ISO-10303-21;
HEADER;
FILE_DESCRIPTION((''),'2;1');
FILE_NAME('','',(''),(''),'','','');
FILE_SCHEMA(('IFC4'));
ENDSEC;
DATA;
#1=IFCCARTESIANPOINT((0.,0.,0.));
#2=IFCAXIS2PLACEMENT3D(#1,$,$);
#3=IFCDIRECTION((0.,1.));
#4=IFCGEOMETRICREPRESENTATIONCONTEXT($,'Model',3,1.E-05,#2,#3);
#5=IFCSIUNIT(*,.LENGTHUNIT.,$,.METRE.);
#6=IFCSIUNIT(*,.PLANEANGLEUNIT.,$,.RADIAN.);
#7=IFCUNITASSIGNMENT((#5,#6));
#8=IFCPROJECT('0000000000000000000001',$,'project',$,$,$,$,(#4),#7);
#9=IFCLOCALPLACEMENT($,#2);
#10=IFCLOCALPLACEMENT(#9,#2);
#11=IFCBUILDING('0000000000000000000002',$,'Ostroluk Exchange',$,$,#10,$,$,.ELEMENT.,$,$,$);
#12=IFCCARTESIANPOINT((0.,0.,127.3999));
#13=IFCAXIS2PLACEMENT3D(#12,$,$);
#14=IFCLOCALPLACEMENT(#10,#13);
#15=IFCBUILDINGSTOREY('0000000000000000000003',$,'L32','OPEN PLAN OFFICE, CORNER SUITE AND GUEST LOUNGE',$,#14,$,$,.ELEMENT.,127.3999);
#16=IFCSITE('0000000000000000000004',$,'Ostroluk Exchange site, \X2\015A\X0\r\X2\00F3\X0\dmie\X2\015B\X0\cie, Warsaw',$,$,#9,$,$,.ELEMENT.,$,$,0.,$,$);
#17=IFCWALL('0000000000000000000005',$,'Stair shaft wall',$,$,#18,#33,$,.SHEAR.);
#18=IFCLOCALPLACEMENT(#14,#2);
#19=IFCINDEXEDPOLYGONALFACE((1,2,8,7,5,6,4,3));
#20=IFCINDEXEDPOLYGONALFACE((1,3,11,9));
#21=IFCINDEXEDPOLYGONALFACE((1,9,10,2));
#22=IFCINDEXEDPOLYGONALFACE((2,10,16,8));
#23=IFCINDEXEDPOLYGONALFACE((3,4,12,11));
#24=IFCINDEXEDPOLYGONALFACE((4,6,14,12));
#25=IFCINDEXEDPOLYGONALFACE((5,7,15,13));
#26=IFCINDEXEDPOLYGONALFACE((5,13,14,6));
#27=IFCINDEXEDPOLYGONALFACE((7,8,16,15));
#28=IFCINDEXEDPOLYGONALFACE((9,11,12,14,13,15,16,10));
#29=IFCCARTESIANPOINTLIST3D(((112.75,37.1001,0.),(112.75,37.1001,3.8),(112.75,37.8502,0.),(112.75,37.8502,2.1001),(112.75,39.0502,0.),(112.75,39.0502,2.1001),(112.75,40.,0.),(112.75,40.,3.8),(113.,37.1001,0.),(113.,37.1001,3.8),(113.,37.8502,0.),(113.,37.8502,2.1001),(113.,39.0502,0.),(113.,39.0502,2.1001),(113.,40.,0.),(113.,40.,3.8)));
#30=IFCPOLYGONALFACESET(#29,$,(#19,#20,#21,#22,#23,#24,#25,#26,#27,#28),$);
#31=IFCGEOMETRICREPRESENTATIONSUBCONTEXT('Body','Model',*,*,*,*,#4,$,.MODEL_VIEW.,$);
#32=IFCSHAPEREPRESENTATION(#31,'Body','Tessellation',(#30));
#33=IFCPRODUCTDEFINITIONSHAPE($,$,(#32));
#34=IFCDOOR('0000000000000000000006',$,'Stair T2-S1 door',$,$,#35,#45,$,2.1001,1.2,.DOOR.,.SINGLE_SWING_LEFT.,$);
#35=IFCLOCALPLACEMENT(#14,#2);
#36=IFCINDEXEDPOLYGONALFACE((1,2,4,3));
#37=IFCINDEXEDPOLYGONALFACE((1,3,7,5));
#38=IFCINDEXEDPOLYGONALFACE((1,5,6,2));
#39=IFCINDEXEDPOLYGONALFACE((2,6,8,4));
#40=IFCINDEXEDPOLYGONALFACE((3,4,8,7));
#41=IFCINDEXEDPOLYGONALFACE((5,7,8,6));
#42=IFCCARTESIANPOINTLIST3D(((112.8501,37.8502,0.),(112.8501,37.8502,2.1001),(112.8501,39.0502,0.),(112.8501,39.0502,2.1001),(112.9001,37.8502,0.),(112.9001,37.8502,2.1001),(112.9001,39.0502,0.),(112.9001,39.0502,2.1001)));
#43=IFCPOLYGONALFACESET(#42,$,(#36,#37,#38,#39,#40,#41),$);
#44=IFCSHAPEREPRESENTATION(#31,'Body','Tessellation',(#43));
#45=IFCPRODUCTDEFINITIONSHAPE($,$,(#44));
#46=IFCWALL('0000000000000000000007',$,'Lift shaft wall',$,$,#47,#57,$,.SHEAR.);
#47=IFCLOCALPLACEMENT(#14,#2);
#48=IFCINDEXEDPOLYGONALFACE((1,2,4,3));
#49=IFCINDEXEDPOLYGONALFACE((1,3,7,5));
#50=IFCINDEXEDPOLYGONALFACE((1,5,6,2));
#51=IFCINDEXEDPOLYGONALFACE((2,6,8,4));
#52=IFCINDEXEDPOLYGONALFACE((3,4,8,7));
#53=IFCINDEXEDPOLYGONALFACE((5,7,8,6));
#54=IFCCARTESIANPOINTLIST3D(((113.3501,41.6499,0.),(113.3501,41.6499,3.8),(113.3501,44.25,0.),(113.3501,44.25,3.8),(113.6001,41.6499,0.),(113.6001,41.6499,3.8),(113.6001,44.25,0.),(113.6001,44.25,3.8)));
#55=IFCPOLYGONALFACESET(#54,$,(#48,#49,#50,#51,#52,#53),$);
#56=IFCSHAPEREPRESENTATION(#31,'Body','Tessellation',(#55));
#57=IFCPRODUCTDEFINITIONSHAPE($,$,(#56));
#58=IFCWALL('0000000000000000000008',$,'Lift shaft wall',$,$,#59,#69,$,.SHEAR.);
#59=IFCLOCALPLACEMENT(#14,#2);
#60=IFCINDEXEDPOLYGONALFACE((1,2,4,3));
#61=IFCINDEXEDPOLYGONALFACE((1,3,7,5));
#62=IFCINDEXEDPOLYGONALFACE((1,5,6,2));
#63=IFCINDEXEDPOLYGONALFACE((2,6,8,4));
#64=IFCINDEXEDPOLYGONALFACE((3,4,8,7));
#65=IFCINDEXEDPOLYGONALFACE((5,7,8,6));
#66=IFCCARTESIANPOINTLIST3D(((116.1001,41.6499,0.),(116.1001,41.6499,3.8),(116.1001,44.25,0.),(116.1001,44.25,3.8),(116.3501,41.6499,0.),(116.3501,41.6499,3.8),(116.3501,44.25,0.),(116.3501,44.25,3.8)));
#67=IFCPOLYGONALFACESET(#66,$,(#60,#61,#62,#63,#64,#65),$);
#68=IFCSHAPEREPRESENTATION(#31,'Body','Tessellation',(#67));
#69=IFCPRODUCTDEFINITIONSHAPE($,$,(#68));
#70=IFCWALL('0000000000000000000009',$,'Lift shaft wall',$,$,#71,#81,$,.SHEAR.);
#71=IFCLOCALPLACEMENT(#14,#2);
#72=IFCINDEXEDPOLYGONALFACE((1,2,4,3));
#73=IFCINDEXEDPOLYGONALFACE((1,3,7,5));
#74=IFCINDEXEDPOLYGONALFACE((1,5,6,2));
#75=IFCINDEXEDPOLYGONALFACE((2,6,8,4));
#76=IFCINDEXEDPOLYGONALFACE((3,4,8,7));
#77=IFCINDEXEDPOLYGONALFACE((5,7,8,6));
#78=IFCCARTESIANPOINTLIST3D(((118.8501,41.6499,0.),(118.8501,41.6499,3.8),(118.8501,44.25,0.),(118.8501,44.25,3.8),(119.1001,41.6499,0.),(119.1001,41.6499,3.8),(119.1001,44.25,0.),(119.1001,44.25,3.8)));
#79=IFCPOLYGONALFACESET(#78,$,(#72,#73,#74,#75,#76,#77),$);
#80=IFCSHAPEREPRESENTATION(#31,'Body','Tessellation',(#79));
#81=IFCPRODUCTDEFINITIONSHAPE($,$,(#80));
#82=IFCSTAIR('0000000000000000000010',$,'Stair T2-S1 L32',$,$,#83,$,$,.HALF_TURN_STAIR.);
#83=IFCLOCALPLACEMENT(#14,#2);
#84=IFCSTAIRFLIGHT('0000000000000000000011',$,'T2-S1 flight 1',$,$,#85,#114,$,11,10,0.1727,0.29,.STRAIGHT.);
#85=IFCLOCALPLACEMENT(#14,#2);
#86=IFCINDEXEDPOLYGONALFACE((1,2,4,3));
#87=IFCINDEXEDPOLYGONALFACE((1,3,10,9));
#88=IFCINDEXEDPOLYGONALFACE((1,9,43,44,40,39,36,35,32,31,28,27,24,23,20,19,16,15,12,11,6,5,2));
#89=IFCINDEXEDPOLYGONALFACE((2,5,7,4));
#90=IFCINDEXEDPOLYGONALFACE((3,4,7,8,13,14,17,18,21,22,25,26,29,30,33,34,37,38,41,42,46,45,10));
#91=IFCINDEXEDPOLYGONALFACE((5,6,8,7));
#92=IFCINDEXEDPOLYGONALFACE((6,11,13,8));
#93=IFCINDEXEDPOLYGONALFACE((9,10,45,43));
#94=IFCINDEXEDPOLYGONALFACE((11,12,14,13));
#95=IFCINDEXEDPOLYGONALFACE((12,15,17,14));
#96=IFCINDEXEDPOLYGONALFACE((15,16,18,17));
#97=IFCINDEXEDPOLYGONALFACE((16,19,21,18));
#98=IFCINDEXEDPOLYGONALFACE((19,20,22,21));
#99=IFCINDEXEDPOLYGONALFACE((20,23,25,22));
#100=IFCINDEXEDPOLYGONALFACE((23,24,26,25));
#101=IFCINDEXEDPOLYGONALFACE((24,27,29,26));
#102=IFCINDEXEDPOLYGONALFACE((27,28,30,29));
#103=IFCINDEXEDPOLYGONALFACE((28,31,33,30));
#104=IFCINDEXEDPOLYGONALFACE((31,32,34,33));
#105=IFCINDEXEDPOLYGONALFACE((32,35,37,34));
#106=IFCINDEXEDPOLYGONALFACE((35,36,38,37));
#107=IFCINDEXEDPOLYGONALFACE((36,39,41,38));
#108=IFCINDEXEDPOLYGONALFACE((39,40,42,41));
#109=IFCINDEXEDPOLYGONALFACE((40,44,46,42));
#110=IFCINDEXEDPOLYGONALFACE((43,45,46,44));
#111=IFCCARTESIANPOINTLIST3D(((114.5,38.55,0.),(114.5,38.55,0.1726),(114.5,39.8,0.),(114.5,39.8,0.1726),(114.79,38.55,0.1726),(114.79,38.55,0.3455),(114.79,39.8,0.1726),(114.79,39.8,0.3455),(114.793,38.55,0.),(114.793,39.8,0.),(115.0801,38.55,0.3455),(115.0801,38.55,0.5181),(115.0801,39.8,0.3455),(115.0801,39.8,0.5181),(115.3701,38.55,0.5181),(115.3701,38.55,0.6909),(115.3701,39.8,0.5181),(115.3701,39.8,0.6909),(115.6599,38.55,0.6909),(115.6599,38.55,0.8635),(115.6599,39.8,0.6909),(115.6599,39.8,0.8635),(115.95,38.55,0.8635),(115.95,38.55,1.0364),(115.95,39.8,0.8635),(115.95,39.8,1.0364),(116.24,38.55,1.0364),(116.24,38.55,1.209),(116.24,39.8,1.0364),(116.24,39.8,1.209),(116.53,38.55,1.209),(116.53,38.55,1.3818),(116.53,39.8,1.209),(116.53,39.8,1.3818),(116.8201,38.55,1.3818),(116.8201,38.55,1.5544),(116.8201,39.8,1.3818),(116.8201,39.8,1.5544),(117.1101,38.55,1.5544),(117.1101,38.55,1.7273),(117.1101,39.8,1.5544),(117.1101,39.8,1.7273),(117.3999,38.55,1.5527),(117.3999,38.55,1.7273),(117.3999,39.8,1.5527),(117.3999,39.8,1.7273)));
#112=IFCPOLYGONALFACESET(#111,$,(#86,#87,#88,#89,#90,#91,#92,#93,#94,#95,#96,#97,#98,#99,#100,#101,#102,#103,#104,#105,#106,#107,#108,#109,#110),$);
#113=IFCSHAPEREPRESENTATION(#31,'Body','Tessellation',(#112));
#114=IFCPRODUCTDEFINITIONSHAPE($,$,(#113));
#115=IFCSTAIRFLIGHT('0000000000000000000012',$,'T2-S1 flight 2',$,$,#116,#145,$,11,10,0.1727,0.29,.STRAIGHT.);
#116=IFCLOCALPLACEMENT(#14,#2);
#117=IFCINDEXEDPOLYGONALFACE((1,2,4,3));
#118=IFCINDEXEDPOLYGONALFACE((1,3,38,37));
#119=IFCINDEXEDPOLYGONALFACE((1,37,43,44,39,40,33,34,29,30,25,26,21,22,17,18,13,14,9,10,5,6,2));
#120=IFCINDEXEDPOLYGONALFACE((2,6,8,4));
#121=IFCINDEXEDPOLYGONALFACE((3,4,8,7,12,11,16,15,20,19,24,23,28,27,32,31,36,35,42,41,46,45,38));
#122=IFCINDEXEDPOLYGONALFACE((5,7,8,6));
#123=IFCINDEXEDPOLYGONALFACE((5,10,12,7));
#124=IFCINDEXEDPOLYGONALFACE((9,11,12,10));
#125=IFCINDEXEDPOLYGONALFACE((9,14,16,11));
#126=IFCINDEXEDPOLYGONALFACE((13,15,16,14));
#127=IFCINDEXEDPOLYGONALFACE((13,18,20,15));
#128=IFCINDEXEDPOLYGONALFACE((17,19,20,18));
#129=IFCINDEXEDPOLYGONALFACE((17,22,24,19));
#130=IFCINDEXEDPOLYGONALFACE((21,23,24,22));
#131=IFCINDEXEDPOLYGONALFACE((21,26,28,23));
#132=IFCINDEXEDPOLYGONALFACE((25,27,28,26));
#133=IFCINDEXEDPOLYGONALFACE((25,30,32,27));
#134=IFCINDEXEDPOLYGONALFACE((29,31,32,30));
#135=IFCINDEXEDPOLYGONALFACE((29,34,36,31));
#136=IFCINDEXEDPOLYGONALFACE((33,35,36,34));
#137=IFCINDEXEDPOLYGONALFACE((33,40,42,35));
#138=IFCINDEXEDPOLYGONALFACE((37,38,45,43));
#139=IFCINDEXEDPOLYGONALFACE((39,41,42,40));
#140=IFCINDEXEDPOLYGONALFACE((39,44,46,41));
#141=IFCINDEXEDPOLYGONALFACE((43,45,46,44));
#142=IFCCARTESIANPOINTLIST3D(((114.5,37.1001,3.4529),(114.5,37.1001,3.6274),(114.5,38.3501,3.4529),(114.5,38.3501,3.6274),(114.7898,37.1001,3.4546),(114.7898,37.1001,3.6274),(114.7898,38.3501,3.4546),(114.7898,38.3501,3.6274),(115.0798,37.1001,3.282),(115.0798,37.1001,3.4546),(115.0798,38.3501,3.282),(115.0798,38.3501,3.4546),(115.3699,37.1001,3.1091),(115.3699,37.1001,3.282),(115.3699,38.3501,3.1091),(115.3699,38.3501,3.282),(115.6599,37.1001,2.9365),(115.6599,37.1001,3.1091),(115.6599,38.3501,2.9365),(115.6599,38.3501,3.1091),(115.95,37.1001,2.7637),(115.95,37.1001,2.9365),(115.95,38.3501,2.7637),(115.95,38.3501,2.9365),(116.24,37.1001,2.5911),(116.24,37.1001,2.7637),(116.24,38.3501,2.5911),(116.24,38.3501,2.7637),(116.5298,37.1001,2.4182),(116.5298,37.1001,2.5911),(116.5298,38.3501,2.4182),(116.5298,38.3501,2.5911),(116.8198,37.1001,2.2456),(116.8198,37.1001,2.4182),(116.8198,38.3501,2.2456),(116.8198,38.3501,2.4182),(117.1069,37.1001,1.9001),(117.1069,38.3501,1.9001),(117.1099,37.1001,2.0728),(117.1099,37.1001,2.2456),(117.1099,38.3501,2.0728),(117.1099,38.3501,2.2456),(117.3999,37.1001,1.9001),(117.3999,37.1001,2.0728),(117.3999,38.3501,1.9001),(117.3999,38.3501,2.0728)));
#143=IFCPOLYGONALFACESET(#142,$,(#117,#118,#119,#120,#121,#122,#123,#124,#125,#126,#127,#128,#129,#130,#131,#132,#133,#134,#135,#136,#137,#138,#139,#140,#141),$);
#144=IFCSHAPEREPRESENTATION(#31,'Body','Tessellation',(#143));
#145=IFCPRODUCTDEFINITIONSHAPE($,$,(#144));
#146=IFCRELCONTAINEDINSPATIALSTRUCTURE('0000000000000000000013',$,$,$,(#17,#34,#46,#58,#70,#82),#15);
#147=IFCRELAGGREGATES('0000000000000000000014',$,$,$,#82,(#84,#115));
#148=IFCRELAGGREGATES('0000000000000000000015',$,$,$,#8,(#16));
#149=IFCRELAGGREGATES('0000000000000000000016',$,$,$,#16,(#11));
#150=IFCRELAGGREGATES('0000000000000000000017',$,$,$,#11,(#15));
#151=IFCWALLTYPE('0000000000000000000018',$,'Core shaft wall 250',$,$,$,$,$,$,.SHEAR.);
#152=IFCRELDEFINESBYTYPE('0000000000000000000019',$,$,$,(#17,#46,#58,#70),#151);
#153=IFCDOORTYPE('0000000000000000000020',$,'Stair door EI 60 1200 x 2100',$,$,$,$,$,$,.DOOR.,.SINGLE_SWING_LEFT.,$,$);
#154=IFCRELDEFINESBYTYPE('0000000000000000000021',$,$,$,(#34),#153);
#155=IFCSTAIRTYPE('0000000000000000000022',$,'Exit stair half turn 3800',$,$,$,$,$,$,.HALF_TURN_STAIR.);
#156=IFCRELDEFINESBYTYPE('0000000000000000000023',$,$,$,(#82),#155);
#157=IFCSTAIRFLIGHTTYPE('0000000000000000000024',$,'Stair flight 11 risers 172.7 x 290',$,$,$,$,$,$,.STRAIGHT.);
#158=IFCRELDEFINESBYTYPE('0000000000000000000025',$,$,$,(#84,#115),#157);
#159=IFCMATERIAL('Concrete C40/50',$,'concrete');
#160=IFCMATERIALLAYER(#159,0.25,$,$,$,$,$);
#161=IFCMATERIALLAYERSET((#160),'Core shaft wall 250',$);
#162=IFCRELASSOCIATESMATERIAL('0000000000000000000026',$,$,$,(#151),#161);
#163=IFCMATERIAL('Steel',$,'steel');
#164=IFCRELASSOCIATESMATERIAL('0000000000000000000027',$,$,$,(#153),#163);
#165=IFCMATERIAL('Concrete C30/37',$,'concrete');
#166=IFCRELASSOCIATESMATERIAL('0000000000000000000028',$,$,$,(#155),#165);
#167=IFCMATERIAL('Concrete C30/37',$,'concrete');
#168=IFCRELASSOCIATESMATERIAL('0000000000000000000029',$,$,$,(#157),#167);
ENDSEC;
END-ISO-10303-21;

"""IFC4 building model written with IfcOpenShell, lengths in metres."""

from ifc_helpers import new_model, si_unit, direction, frame, frame_2d, origin, place, context, subcontext, project, spatial, polyline, rectangle, outline, extrude, material, layer, layer_set, type_object, element, fill, aggregate, save


model = new_model("IFC4")

# Units and contexts
model_context = context("Model", 3, precision=1e-05, world=origin(), true_north=direction((0.0, 1.0)))
body_context = subcontext(model_context, "Body", "Model", "MODEL_VIEW")
ifc_project = project(units=[si_unit("LENGTHUNIT", "METRE"), si_unit("PLANEANGLEUNIT", "RADIAN")], contexts=[model_context])

# Site, building, storey
site_placement = place(None, origin())
site = spatial("IfcSite", under=ifc_project, at=site_placement, Name="Ostroluk Exchange site, Śródmieście, Warsaw", CompositionType="ELEMENT", RefElevation=0.0)
building_placement = place(site_placement, origin())
building = spatial("IfcBuilding", under=site, at=building_placement, Name="Ostroluk Exchange", CompositionType="ELEMENT")
storey_placement = place(building_placement, frame((0.0, 0.0, 127.3999)))
storey = spatial("IfcBuildingStorey", under=building, at=storey_placement, Name="L32", Description="OPEN PLAN OFFICE, CORNER SUITE AND GUEST LOUNGE", CompositionType="ELEMENT", Elevation=127.3999)

# Wall, opening, door
ifc_material_1 = material(Name="Concrete C40/50", Category="concrete")
ifc_layer_1 = layer(ifc_material_1, 0.25)
ifc_layer_set_1 = layer_set([ifc_layer_1], Name="Core shaft wall 250")
wall_type = type_object("IfcWallType", Name="Core shaft wall 250", PredefinedType="SHEAR", material=ifc_layer_set_1)
wall_placement = place(storey_placement, frame((112.875, 37.1001, 0.0), z_axis=(0.0, 0.0, 1.0), x_axis=(0.0, 1.0, 0.0)))
wall = element("IfcWall", 1, at=wall_placement, inside=storey, type_object=wall_type, Name="Stair shaft wall", PredefinedType="SHEAR", context=body_context, shape_type="SweptSolid", body=[
    extrude(rectangle(XDim=2.8999, YDim=0.25, at=frame_2d((1.45, 0.0))), origin(), (0.0, 0.0, 1.0), 3.8),
])
opening_placement = place(wall_placement, frame((0.75, 0.0, 0.0)))
opening = element("IfcOpeningElement", 2, at=opening_placement, cuts=wall, PredefinedType="OPENING", context=body_context, shape_type="SweptSolid", body=[
    extrude(rectangle(XDim=1.2, YDim=2.1001, at=frame_2d((0.6001, 1.05))), frame((0.0, 0.135, 0.0), z_axis=(0.0, -1.0, 0.0), x_axis=(1.0, 0.0, 0.0)), (0.0, 0.0, 1.0), 0.27),
])
ifc_material_2 = material(Name="Steel", Category="steel")
door_type = type_object("IfcDoorType", Name="Stair door EI 60 1200 x 2100", OperationType="SINGLE_SWING_LEFT", PredefinedType="DOOR", material=ifc_material_2)
door_placement = place(opening_placement, origin())
door = element("IfcDoor", 3, at=door_placement, inside=storey, type_object=door_type, Name="Stair T2-S1 door", OperationType="SINGLE_SWING_LEFT", OverallHeight=2.1001, OverallWidth=1.2, PredefinedType="DOOR", context=body_context, shape_type="SweptSolid", body=[
    extrude(rectangle(XDim=1.2, YDim=2.1001, at=frame_2d((0.6001, 1.05))), frame((0.0, 0.0249, 0.0), z_axis=(0.0, -1.0, 0.0), x_axis=(1.0, 0.0, 0.0)), (0.0, 0.0, 1.0), 0.05),
])
fill(opening, door)

# Walls
for number, where, z_axis, x_axis, name in (
    (4, (113.4751, 44.25, 0.0), (0.0, 0.0, 1.0), (0.0, -1.0, 0.0), "Lift shaft wall"),
    (5, (116.2251, 44.25, 0.0), (0.0, 0.0, 1.0), (0.0, -1.0, 0.0), "Lift shaft wall"),
    (6, (118.9751, 44.25, 0.0), (0.0, 0.0, 1.0), (0.0, -1.0, 0.0), "Lift shaft wall"),
):
    element("IfcWall", number, at=place(storey_placement, frame(where, z_axis=z_axis, x_axis=x_axis)), inside=storey, type_object=wall_type, Name=name, PredefinedType="SHEAR", context=body_context, shape_type="SweptSolid", body=[
        extrude(rectangle(XDim=2.6001, YDim=0.25, at=frame_2d((1.3, 0.0))), origin(), (0.0, 0.0, 1.0), 3.8),
    ])

# Stair, stair flights
ifc_material_3 = material(Name="Concrete C30/37", Category="concrete")
stair_type = type_object("IfcStairType", Name="Exit stair half turn 3800", PredefinedType="HALF_TURN_STAIR", material=ifc_material_3)
stair_placement = place(storey_placement, origin())
stair = element("IfcStair", 7, at=stair_placement, inside=storey, type_object=stair_type, Name="Stair T2-S1 L32", PredefinedType="HALF_TURN_STAIR")
ifc_material_4 = material(Name="Concrete C30/37", Category="concrete")
stair_flight_type = type_object("IfcStairFlightType", Name="Stair flight 11 risers 172.7 x 290", PredefinedType="STRAIGHT", material=ifc_material_4)
stair_flight_1_placement = place(storey_placement, frame((114.5, 39.175, 0.0), z_axis=(0.0, 0.0, 1.0), x_axis=(1.0, 0.0, 0.0)))
stair_flight_1 = element("IfcStairFlight", 8, at=stair_flight_1_placement, type_object=stair_flight_type, Name="T2-S1 flight 1", NumberOfRisers=11, NumberOfTreads=10, PredefinedType="STRAIGHT", RiserHeight=0.1727, TreadLength=0.29, context=body_context, shape_type="SweptSolid", body=[
    extrude(outline(polyline([(0.0, 0.0), (0.0, 0.1726), (0.29, 0.1726), (0.29, 0.3455), (0.5801, 0.3455), (0.5801, 0.5181), (0.8701, 0.5181), (0.8701, 0.6909), (1.1599, 0.6909), (1.1599, 0.8635), (1.45, 0.8635), (1.45, 1.0364), (1.74, 1.0364), (1.74, 1.209), (2.03, 1.209), (2.03, 1.3818), (2.3201, 1.3818), (2.3201, 1.5544), (2.6101, 1.5544), (2.6101, 1.7273), (2.8999, 1.7273), (2.8999, 1.8999), (2.8999, 1.5527), (0.293, 0.0), (0.0, 0.0)])), frame((0.0, 0.625, 0.0), z_axis=(0.0, -1.0, 0.0), x_axis=(1.0, 0.0, 0.0)), (0.0, 0.0, 1.0), 1.25),
])
stair_flight_2_placement = place(storey_placement, frame((117.3999, 37.7251, 1.9001), z_axis=(0.0, 0.0, 1.0), x_axis=(-1.0, 0.0, 0.0)))
stair_flight_2 = element("IfcStairFlight", 9, at=stair_flight_2_placement, type_object=stair_flight_type, Name="T2-S1 flight 2", NumberOfRisers=11, NumberOfTreads=10, PredefinedType="STRAIGHT", RiserHeight=0.1727, TreadLength=0.29, context=body_context, shape_type="SweptSolid", body=[
    extrude(outline(polyline([(0.0, 0.0), (0.0, 0.1726), (0.29, 0.1726), (0.29, 0.3455), (0.5801, 0.3455), (0.5801, 0.5181), (0.8701, 0.5181), (0.8701, 0.6909), (1.1599, 0.6909), (1.1599, 0.8635), (1.45, 0.8635), (1.45, 1.0364), (1.74, 1.0364), (1.74, 1.209), (2.03, 1.209), (2.03, 1.3818), (2.3201, 1.3818), (2.3201, 1.5544), (2.6101, 1.5544), (2.6101, 1.7273), (2.8999, 1.7273), (2.8999, 1.8999), (2.8999, 1.5527), (0.293, 0.0), (0.0, 0.0)])), frame((0.0, 0.625, 0.0), z_axis=(0.0, -1.0, 0.0), x_axis=(1.0, 0.0, 0.0)), (0.0, 0.0, 1.0), 1.25),
])
aggregate(stair, [stair_flight_1, stair_flight_2])

save(model, "model.ifc")
